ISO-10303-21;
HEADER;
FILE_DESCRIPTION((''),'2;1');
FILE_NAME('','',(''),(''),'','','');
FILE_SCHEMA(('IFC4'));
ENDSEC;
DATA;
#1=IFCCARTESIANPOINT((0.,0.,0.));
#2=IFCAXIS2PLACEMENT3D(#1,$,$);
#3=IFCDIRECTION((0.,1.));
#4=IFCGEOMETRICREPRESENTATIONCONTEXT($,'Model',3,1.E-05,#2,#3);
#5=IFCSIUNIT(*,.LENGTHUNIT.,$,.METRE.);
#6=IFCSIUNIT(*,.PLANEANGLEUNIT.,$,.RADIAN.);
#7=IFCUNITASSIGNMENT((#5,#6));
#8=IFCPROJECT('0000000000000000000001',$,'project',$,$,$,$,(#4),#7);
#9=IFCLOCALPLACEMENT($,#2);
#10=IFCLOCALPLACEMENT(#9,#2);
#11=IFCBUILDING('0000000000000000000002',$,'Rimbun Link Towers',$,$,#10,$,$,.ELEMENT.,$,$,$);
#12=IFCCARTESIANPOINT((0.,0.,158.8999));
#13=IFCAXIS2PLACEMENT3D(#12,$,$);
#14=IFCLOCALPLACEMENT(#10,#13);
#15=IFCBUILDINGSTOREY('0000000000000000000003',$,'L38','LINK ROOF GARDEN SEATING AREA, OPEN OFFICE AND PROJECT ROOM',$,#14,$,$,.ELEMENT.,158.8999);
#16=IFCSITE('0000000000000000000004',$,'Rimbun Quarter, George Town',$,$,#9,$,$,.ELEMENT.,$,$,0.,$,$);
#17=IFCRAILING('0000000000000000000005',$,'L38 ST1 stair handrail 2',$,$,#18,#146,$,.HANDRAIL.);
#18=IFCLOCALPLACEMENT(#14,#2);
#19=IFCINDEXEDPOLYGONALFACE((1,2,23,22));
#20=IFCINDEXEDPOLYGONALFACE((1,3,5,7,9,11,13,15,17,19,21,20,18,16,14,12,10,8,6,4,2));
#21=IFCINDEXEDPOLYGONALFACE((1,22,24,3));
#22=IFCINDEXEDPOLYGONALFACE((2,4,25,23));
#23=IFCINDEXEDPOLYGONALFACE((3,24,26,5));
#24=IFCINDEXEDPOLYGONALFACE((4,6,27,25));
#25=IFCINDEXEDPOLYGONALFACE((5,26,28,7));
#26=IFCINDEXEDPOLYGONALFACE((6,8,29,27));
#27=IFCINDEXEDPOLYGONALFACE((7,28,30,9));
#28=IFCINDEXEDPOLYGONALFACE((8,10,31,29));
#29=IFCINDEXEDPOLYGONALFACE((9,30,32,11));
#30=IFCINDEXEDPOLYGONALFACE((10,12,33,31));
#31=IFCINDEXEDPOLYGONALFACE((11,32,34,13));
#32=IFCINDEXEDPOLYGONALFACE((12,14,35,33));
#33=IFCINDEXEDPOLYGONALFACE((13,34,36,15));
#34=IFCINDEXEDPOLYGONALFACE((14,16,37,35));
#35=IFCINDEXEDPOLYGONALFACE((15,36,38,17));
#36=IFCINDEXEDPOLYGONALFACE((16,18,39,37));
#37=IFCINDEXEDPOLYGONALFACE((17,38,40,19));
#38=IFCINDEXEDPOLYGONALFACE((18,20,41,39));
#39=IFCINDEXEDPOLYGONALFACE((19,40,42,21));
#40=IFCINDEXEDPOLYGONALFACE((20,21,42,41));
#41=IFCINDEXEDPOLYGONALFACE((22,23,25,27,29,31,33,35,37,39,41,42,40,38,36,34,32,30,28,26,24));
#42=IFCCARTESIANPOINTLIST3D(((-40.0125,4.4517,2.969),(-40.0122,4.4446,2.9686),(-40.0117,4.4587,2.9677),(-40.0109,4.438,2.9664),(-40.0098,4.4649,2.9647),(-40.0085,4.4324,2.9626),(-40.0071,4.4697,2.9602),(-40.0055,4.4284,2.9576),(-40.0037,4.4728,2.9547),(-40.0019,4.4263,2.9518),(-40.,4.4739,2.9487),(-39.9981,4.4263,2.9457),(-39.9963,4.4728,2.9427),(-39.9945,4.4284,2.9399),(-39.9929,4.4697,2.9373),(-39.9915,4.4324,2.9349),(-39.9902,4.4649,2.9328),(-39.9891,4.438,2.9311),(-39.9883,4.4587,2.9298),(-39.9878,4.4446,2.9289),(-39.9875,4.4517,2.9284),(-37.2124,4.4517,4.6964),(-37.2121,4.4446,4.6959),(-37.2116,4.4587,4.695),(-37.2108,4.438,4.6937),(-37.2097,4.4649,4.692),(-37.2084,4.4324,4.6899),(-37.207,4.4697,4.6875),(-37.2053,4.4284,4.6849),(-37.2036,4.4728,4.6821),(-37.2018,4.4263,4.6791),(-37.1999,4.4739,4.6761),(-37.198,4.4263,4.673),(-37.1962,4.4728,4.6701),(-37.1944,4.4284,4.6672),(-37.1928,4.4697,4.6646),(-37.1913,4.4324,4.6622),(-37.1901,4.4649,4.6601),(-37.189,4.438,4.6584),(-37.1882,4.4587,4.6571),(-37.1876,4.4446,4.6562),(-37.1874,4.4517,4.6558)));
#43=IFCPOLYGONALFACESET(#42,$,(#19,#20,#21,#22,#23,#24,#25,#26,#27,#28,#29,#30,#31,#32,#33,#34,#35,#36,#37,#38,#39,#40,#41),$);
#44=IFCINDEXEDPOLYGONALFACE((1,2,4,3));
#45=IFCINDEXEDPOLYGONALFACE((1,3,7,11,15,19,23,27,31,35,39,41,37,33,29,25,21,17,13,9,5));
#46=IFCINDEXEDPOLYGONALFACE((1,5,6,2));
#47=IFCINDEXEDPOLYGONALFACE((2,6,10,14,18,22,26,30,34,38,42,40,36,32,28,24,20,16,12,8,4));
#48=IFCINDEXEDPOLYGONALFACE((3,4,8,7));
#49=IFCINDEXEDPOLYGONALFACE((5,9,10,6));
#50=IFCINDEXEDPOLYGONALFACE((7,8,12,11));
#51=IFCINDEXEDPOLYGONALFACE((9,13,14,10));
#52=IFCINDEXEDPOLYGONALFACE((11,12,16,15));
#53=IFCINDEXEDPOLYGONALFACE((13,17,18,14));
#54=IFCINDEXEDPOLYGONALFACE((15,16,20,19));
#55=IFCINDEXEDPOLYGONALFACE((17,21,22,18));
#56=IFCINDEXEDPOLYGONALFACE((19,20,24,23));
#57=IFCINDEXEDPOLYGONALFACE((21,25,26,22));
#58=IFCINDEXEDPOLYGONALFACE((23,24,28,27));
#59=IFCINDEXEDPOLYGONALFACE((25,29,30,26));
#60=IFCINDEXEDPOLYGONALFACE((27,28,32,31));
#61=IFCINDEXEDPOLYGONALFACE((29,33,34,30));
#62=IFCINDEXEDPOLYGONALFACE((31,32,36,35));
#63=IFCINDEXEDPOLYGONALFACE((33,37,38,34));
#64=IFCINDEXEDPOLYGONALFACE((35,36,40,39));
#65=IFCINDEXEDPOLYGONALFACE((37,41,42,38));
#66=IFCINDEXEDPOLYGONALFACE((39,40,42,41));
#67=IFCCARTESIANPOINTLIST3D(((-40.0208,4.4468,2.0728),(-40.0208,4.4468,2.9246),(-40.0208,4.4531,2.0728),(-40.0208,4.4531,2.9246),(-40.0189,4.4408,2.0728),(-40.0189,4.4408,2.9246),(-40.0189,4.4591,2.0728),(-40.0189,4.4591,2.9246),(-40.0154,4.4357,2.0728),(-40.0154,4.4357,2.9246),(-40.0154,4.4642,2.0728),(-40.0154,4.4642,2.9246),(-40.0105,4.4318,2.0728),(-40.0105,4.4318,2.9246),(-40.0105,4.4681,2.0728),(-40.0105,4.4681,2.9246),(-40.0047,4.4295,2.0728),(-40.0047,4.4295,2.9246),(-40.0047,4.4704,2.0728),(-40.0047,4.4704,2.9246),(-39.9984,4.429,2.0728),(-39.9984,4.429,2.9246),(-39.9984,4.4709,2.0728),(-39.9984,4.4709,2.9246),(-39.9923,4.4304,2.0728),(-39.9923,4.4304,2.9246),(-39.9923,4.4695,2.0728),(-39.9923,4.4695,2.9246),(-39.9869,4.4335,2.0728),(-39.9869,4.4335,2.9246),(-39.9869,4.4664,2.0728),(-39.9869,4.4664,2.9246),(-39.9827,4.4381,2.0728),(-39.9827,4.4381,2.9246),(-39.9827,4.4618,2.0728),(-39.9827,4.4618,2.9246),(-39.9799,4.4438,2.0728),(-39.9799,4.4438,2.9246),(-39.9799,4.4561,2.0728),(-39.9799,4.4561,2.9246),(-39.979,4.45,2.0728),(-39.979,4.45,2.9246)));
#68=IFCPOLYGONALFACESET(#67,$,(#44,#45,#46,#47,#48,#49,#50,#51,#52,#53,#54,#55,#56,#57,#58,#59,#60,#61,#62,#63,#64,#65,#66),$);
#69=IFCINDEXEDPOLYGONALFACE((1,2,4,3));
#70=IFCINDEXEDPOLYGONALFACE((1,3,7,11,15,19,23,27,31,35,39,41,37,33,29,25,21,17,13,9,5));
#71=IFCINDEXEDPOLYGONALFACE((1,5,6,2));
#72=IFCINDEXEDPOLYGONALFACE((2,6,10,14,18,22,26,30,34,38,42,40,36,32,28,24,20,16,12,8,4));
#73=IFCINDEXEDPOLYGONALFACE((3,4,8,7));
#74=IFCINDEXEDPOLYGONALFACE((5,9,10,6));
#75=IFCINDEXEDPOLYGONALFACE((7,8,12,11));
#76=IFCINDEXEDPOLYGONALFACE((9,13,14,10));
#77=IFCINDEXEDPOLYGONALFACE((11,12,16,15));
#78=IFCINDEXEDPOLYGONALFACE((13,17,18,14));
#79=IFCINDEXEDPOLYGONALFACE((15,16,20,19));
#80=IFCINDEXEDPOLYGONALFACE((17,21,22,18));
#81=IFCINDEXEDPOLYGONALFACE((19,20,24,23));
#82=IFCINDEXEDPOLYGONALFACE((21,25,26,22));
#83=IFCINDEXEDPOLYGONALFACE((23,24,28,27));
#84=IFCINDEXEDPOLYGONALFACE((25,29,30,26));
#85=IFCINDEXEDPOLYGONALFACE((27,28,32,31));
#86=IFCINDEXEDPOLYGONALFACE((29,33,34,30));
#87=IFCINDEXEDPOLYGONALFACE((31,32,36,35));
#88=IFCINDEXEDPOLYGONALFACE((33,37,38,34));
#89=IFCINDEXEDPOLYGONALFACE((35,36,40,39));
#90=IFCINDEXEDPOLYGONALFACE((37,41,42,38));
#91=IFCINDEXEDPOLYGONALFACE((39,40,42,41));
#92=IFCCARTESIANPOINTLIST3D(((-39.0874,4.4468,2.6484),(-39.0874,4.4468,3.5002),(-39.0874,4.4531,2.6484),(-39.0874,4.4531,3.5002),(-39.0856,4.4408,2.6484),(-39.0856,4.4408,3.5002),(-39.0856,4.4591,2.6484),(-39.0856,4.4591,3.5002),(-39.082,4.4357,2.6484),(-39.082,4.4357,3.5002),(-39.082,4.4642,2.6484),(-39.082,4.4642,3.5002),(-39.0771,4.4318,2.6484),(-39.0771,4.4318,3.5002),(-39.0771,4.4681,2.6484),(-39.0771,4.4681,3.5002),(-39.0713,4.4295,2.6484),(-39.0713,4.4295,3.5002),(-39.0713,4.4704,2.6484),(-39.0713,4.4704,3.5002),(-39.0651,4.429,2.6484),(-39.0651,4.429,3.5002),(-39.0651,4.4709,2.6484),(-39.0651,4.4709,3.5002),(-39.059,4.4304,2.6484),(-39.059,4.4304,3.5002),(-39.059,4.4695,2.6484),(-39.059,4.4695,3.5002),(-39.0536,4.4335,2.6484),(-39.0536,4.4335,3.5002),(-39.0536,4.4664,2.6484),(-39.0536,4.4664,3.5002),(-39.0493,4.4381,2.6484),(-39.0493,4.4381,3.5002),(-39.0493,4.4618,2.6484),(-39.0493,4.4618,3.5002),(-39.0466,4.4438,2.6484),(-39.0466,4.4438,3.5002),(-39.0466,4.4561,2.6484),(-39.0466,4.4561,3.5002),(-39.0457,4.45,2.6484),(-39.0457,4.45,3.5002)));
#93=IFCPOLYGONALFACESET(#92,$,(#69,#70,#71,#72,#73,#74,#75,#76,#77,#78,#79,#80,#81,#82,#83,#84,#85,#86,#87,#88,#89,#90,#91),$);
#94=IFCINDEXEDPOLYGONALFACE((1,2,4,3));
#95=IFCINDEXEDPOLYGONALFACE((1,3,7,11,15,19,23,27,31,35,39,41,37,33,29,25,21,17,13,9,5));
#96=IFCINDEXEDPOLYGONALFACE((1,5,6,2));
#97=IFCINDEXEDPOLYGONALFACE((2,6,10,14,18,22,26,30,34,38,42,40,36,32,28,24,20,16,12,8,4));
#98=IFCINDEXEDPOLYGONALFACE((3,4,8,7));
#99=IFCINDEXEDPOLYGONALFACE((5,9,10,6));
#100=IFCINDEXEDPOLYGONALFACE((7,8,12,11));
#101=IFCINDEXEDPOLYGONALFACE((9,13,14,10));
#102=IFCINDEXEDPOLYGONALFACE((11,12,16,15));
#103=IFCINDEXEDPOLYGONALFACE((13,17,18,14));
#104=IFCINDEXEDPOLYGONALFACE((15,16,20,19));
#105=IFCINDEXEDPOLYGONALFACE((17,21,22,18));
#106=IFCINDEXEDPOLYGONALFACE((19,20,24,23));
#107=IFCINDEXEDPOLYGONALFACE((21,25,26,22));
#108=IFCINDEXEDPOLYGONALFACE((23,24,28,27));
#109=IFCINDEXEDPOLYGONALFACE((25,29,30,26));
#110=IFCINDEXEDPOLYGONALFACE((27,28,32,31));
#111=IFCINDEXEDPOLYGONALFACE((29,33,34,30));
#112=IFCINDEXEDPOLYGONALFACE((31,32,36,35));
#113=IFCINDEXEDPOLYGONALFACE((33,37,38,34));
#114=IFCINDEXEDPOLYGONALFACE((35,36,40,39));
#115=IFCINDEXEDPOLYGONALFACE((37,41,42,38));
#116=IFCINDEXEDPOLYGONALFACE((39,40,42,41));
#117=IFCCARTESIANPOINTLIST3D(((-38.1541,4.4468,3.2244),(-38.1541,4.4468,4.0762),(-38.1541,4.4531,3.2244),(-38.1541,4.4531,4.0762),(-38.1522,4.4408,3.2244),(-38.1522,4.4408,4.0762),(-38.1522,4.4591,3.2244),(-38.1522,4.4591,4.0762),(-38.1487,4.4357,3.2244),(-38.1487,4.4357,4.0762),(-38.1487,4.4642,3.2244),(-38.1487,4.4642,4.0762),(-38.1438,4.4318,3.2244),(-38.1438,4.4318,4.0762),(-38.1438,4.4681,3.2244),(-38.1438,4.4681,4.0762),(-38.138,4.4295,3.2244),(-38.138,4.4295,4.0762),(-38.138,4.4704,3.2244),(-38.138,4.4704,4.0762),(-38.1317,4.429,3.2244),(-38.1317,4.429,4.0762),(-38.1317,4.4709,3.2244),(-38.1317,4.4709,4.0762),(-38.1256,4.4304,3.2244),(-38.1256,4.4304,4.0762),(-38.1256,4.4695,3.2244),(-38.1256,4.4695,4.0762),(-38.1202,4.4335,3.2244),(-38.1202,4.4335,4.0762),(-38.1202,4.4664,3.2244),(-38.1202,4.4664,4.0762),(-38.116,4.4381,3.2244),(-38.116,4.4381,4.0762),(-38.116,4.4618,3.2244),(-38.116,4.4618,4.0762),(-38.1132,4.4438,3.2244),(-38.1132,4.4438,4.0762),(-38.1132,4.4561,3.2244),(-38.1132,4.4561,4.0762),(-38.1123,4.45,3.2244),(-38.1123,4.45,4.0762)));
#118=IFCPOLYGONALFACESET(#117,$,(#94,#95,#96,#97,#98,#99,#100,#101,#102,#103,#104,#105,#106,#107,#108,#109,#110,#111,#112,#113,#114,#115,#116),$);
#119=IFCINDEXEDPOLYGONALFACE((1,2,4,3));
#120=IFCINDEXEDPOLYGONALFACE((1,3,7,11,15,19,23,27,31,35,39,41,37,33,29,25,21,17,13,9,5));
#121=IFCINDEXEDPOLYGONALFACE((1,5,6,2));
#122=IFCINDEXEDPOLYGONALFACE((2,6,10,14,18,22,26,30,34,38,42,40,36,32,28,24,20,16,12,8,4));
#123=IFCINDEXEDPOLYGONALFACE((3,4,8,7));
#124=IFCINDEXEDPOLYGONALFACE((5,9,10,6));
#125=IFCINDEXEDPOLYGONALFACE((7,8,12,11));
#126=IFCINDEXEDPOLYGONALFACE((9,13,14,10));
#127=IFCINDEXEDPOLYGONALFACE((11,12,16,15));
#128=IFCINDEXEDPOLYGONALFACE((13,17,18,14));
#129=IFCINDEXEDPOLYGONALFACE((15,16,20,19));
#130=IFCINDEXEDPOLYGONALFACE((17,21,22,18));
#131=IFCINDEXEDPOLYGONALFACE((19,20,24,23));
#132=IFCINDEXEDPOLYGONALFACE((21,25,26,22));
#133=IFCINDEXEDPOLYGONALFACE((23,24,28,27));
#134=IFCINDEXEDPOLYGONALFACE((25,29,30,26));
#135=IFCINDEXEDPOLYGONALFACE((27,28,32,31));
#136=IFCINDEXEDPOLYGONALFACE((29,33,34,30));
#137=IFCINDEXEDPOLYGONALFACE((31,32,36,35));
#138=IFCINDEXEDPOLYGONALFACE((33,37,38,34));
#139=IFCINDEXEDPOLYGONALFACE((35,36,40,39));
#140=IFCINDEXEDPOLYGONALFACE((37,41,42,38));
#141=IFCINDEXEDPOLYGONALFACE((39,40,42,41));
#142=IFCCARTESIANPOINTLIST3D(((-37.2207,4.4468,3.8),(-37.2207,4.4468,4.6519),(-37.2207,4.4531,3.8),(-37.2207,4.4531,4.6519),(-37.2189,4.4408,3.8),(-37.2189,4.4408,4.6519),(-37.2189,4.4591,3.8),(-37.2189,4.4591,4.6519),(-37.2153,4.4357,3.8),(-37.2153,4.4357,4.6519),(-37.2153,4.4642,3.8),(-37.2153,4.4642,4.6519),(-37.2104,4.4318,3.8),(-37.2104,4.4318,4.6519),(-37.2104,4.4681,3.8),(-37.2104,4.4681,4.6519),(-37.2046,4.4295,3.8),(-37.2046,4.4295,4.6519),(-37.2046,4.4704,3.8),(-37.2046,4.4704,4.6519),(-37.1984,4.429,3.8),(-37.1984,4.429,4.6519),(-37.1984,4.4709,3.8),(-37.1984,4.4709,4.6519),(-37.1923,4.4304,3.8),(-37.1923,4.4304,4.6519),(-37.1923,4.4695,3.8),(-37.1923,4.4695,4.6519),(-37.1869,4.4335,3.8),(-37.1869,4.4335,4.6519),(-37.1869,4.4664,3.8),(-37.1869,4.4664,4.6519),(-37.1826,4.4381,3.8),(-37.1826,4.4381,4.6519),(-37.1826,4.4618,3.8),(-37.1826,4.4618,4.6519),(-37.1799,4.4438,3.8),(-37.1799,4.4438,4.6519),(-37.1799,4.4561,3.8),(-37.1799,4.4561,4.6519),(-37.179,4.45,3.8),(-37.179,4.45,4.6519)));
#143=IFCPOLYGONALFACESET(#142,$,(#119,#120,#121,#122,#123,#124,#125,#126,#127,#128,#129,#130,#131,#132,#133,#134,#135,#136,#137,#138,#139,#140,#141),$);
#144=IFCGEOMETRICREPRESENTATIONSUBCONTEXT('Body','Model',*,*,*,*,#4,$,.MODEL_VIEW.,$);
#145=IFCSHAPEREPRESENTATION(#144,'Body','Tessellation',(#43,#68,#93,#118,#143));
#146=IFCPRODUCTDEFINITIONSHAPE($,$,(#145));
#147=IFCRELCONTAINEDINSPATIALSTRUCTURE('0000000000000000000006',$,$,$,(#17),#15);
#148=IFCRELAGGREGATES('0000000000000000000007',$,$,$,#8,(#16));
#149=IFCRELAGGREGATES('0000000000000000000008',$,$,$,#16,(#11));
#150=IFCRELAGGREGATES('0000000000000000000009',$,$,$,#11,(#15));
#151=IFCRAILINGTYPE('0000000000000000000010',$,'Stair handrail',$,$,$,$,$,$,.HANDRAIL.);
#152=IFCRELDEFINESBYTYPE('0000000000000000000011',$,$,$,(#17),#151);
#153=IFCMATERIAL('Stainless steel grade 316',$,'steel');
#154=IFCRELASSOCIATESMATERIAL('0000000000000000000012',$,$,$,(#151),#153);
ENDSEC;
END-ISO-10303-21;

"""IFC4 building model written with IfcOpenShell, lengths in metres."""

from ifc_helpers import new_model, si_unit, direction, frame, origin, origin_2d, place, context, subcontext, project, spatial, circle, extrude, material, type_object, element, save


model = new_model("IFC4")

# Units and contexts
model_context = context("Model", 3, precision=1e-05, world=origin(), true_north=direction((0.0, 1.0)))
body_context = subcontext(model_context, "Body", "Model", "MODEL_VIEW")
ifc_project = project(units=[si_unit("LENGTHUNIT", "METRE"), si_unit("PLANEANGLEUNIT", "RADIAN")], contexts=[model_context])

# Site, building, storey
site_placement = place(None, origin())
site = spatial("IfcSite", under=ifc_project, at=site_placement, Name="Rimbun Quarter, George Town", CompositionType="ELEMENT", RefElevation=0.0)
building_placement = place(site_placement, origin())
building = spatial("IfcBuilding", under=site, at=building_placement, Name="Rimbun Link Towers", CompositionType="ELEMENT")
storey_placement = place(building_placement, frame((0.0, 0.0, 158.8999)))
storey = spatial("IfcBuildingStorey", under=building, at=storey_placement, Name="L38", Description="LINK ROOF GARDEN SEATING AREA, OPEN OFFICE AND PROJECT ROOM", CompositionType="ELEMENT", Elevation=158.8999)

# Railing
ifc_material_1 = material(Name="Stainless steel grade 316", Category="steel")
railing_type_1 = type_object("IfcRailingType", Name="Stair handrail", PredefinedType="HANDRAIL", material=ifc_material_1)
railing_1_placement = place(storey_placement, frame((-40.0, 4.45, 2.0728)))
element("IfcRailing", 1, at=railing_1_placement, inside=storey, type_object=railing_type_1, Name="L38 ST1 stair handrail 2", PredefinedType="HANDRAIL", context=body_context, shape_type="SweptSolid", body=[
    extrude(circle(Radius=0.0239, at=origin_2d()), frame((0.0, 0.0, 0.876), z_axis=(0.85109, 0.0, 0.52502), x_axis=(0.0, 1.0, 0.0)), (0.0, 0.0, 1.0), 3.29),
    extrude(circle(Radius=0.021, at=origin_2d()), origin(), (0.0, 0.0, 1.0), 0.8518),
    extrude(circle(Radius=0.021, at=origin_2d()), frame((0.9333, 0.0, 0.5757)), (0.0, 0.0, 1.0), 0.8518),
    extrude(circle(Radius=0.021, at=origin_2d()), frame((1.8667, 0.0, 1.1516)), (0.0, 0.0, 1.0), 0.8518),
    extrude(circle(Radius=0.021, at=origin_2d()), frame((2.8, 0.0, 1.7273)), (0.0, 0.0, 1.0), 0.8518),
])

save(model, "model.ifc")
